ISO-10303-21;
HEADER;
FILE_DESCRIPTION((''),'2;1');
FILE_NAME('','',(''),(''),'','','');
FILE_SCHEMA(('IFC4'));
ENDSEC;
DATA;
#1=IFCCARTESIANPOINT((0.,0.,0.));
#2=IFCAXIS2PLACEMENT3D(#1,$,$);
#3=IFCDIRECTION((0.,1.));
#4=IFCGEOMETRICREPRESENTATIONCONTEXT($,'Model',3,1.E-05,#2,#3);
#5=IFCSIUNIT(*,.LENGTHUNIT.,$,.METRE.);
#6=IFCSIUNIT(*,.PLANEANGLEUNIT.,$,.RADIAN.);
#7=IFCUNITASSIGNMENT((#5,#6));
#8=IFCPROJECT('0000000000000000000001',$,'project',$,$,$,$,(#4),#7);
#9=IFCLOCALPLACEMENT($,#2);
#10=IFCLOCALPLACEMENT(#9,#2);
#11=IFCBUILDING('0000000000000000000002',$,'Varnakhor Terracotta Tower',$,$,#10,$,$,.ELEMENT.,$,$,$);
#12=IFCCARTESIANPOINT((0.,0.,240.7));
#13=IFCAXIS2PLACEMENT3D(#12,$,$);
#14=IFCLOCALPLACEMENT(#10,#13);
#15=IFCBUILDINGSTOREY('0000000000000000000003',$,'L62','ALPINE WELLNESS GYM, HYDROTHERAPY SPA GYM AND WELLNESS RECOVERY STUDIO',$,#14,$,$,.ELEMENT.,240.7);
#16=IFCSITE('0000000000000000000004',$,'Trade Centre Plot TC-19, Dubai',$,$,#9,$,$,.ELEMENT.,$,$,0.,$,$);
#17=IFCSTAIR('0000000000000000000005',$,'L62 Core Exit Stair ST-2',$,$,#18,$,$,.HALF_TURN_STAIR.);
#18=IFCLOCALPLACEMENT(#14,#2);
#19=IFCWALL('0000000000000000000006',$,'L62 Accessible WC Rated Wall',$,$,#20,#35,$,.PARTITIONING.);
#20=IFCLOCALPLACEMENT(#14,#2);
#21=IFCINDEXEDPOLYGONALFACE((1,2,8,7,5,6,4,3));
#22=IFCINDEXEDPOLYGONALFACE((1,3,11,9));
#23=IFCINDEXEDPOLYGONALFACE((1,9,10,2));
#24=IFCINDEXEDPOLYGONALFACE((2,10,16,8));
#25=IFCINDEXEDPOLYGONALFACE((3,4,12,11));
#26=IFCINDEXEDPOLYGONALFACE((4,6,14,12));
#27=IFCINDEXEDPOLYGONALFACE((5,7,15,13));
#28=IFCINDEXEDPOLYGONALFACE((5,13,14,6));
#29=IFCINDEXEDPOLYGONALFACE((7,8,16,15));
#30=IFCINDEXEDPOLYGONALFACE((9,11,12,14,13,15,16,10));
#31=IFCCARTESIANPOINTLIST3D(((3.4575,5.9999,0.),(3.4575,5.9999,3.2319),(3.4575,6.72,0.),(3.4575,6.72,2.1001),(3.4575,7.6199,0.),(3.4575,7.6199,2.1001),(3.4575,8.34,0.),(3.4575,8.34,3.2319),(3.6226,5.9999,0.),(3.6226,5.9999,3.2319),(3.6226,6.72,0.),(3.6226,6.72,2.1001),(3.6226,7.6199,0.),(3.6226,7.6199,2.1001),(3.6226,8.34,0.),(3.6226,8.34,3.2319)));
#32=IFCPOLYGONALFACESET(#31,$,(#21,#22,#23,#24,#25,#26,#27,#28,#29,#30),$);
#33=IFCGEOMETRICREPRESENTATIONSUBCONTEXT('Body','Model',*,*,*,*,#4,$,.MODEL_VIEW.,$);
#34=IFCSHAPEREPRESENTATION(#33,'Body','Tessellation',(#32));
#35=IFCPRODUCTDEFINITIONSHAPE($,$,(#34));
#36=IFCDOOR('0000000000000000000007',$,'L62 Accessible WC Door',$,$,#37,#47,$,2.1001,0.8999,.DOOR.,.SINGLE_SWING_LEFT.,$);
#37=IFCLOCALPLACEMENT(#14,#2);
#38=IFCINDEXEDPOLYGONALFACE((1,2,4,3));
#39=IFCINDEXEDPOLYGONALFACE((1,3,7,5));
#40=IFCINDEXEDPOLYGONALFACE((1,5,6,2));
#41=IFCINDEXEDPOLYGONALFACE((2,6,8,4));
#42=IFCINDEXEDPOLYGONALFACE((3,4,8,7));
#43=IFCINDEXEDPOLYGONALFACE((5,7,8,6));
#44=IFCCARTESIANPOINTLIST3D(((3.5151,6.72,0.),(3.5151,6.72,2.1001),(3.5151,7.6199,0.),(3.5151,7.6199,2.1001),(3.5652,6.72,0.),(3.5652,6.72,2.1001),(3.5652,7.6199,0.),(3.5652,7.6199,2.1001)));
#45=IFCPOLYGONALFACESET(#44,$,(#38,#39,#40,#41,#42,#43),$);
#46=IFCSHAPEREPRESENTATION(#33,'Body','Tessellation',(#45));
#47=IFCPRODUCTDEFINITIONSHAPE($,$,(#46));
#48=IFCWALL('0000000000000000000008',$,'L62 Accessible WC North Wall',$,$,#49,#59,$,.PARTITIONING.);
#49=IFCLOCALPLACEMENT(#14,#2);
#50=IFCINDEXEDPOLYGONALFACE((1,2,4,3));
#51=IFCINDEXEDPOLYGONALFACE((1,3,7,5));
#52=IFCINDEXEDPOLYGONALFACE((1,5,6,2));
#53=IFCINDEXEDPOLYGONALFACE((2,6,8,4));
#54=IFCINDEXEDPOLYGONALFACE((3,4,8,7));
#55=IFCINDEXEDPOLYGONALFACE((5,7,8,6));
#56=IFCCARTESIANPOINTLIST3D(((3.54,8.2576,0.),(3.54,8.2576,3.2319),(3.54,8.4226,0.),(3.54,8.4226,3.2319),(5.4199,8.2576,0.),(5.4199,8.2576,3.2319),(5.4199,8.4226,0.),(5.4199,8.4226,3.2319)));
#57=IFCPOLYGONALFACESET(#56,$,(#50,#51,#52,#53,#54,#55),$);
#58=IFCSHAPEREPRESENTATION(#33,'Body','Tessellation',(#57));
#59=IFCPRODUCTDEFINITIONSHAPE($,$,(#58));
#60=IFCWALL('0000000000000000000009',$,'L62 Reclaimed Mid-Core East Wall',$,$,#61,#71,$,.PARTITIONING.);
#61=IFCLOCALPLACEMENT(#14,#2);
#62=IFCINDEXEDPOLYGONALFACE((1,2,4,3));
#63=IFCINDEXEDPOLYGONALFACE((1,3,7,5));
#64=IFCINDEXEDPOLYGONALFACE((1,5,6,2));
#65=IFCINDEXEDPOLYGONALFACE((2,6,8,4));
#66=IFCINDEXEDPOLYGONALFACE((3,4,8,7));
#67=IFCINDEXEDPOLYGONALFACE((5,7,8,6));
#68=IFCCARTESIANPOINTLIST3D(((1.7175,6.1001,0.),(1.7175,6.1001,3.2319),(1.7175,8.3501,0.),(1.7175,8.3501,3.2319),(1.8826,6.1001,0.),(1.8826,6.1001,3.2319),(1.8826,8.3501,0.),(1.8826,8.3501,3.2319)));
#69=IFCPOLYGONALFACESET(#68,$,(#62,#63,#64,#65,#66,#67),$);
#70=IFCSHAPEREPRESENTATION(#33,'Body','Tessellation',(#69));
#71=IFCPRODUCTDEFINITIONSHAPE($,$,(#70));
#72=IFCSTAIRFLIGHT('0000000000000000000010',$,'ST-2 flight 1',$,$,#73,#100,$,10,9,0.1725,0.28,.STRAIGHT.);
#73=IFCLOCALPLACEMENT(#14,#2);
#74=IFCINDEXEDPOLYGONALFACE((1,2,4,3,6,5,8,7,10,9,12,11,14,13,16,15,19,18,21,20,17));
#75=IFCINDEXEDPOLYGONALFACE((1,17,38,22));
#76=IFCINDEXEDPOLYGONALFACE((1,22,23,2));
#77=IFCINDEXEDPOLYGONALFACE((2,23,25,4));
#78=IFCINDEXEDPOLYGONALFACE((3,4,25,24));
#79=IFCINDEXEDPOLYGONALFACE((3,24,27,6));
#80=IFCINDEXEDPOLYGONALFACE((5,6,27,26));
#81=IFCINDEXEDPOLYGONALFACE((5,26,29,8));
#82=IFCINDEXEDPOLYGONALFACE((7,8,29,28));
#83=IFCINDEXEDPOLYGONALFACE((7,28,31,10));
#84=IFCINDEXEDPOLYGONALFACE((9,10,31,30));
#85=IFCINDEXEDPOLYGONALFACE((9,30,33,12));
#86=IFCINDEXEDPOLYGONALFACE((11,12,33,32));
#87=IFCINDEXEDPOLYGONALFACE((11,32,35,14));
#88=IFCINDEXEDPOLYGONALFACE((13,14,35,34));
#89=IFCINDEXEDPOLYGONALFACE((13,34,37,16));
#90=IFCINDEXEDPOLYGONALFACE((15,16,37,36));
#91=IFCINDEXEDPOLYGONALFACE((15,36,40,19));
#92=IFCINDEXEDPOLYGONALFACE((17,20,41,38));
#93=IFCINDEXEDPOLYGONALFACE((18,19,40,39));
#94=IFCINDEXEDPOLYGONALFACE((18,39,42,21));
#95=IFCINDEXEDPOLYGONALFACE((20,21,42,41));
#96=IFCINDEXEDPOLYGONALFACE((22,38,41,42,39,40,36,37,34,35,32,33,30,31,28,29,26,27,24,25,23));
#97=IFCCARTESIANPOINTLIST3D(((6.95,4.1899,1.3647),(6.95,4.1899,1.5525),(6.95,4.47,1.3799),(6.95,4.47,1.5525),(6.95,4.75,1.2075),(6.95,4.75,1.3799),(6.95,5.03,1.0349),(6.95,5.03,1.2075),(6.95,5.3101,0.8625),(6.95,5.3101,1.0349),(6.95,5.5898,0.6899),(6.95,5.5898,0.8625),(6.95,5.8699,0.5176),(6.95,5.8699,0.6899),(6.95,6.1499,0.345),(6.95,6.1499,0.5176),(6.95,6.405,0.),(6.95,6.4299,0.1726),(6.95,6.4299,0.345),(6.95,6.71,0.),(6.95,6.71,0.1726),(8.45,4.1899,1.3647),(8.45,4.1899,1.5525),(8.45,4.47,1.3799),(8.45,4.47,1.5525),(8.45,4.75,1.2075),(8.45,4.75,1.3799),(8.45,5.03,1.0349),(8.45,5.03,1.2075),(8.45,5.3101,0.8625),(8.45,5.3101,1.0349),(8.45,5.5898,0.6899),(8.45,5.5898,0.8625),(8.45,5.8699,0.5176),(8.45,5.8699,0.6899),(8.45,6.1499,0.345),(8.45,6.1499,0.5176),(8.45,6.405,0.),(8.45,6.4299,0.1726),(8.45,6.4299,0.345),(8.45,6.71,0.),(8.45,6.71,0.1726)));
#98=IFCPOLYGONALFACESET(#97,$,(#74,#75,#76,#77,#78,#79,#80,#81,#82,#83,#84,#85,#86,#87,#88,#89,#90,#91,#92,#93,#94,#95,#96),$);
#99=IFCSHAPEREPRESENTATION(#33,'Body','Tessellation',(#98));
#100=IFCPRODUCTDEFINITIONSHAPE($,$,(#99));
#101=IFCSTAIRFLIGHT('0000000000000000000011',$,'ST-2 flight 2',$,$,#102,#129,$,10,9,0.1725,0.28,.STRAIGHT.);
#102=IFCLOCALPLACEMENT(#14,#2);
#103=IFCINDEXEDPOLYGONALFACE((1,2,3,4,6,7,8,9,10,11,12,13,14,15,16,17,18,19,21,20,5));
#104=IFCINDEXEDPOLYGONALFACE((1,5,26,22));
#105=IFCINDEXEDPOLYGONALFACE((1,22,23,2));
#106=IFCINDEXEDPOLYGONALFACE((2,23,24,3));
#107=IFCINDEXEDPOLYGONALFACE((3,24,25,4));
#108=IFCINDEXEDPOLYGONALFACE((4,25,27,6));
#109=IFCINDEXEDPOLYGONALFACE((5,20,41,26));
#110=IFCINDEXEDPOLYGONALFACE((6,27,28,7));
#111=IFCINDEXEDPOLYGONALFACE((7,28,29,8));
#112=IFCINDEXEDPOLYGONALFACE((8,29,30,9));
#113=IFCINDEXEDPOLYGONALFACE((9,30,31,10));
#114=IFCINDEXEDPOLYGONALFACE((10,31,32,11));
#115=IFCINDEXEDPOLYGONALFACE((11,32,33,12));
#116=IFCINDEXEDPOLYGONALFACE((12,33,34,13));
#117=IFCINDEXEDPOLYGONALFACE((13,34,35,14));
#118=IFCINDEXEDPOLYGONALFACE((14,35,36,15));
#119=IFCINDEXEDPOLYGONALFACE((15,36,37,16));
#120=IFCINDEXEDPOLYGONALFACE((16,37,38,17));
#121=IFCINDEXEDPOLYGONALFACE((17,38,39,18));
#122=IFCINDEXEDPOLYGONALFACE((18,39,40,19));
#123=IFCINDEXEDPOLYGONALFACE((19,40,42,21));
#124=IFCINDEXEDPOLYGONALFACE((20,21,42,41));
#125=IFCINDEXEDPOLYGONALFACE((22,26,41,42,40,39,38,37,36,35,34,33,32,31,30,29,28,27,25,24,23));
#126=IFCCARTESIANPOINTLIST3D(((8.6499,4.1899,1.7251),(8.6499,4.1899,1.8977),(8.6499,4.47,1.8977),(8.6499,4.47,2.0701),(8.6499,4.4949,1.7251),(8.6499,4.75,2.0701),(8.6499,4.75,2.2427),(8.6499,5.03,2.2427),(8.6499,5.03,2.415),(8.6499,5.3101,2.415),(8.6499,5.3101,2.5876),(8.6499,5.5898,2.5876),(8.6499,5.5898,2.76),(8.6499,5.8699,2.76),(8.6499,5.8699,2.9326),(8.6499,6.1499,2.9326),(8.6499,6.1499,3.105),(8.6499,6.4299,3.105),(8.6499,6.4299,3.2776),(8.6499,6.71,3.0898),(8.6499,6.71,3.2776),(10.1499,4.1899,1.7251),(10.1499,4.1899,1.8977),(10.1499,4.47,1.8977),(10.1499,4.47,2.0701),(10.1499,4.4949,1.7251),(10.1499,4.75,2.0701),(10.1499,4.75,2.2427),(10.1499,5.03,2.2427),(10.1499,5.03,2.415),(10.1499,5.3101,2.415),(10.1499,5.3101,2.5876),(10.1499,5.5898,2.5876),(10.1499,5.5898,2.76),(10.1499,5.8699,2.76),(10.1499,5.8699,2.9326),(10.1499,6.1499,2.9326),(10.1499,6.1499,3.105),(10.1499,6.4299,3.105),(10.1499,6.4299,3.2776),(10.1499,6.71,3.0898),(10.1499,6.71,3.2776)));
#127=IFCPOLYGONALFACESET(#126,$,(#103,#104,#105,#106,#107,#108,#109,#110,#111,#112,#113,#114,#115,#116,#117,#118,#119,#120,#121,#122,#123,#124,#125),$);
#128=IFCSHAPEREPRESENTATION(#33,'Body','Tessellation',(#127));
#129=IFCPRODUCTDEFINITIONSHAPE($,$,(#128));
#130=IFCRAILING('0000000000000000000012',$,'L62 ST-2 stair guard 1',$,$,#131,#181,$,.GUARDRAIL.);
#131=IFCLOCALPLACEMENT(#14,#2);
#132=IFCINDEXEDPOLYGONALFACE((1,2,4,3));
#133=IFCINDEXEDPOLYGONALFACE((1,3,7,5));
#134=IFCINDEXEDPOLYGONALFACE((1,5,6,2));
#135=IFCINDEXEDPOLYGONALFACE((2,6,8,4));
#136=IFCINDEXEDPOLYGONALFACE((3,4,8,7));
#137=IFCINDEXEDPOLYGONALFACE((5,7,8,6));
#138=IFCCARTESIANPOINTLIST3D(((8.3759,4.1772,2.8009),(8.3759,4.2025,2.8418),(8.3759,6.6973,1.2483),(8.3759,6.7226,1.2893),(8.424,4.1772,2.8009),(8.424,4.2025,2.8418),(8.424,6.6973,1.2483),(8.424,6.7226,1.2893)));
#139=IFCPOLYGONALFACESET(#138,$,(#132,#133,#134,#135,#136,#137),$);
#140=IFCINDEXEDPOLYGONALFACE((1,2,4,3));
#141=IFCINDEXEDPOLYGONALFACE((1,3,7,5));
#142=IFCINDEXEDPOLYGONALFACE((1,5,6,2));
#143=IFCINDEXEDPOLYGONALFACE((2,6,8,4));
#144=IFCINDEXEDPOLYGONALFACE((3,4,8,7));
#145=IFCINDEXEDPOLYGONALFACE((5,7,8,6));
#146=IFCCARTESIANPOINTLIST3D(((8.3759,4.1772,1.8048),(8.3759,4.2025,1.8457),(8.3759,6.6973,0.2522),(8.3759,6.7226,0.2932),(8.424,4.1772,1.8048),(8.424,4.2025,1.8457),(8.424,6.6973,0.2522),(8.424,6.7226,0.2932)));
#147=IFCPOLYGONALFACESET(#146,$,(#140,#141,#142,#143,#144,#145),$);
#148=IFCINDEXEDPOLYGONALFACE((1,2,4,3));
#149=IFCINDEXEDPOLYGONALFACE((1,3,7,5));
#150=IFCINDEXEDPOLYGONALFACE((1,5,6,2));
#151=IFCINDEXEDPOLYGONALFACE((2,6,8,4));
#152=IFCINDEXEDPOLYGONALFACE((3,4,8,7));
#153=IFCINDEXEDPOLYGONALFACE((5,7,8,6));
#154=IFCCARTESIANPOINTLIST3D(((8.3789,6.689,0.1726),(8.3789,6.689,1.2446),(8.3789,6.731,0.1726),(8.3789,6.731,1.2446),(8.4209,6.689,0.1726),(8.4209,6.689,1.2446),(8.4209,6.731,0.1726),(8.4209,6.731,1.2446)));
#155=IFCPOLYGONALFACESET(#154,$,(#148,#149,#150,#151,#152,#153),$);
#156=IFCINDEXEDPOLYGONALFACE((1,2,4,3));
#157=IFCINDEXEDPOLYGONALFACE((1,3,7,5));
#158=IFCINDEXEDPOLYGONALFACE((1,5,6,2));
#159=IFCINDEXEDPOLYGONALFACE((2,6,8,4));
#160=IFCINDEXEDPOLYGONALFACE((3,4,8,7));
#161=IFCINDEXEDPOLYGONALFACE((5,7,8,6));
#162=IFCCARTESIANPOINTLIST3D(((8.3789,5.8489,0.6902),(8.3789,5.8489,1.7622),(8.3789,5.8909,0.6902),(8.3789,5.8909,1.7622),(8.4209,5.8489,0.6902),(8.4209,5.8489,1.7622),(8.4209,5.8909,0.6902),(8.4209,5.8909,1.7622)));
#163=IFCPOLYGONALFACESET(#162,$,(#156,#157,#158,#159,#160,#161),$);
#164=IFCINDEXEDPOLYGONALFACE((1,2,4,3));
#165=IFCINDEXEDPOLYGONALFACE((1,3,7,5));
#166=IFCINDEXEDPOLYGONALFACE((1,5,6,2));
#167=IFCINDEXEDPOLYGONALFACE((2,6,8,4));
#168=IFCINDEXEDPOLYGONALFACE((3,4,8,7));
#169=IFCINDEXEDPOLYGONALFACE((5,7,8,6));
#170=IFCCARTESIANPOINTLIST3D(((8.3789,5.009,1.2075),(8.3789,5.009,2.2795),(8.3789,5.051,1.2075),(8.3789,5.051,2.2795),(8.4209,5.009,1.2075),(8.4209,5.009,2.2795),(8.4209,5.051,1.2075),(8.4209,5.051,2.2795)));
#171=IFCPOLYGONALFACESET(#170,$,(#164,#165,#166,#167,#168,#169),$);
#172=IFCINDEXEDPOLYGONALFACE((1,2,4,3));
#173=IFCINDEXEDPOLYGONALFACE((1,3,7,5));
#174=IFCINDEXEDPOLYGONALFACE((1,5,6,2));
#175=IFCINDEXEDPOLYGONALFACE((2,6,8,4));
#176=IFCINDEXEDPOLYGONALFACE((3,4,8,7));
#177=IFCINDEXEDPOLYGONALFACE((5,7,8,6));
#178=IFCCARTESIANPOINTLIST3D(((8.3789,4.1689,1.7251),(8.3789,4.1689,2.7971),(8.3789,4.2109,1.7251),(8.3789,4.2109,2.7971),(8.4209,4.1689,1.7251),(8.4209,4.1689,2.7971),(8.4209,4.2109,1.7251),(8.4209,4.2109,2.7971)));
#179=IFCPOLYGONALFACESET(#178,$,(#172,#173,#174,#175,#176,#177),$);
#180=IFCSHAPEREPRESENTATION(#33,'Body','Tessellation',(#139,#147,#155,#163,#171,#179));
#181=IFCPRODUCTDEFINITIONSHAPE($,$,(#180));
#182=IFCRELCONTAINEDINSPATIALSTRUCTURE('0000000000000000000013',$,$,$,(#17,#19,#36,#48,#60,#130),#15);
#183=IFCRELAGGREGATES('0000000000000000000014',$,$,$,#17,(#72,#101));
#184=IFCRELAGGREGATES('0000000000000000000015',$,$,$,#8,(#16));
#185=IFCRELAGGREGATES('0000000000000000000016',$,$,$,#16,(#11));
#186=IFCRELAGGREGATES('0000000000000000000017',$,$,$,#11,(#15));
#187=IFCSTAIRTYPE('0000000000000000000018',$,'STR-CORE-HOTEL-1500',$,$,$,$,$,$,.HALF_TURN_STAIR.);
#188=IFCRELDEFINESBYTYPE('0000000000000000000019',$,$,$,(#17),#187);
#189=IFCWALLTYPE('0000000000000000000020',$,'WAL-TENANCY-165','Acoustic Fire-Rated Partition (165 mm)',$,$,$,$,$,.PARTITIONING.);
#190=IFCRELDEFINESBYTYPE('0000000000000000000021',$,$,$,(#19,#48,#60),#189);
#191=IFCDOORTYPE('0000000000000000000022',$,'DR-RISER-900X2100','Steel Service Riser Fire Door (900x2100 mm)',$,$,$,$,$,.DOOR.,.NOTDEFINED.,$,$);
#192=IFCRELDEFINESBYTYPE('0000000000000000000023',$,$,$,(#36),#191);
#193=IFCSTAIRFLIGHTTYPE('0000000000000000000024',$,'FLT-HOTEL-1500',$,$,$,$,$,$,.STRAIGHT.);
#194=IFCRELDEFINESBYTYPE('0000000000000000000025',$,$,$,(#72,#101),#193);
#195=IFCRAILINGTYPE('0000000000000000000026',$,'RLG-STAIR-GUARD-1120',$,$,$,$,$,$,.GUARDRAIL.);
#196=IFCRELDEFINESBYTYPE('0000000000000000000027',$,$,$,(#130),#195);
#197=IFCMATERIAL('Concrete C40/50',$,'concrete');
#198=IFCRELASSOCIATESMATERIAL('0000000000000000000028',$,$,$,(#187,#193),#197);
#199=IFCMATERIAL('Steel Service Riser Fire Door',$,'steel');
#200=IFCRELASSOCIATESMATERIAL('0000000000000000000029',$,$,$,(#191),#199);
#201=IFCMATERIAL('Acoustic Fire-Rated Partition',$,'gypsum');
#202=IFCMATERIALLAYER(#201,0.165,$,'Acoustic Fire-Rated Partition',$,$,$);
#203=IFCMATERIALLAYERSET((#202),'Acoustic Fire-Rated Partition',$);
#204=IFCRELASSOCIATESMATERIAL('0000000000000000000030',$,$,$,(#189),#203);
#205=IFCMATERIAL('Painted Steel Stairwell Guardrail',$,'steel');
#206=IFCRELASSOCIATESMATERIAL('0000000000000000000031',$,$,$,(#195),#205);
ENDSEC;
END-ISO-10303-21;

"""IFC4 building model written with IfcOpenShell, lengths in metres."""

from ifc_helpers import new_model, si_unit, direction, frame, frame_2d, origin, origin_2d, place, context, subcontext, project, spatial, polyline, rectangle, outline, extrude, source, transform, mapped, material, layer, layer_set, type_object, type_shapes, element, fill, aggregate, save


model = new_model("IFC4")

# Units and contexts
model_context = context("Model", 3, precision=1e-05, world=origin(), true_north=direction((0.0, 1.0)))
body_context = subcontext(model_context, "Body", "Model", "MODEL_VIEW")
ifc_project = project(units=[si_unit("LENGTHUNIT", "METRE"), si_unit("PLANEANGLEUNIT", "RADIAN")], contexts=[model_context])

# Site, building, storey
site_placement = place(None, origin())
site = spatial("IfcSite", under=ifc_project, at=site_placement, Name="Trade Centre Plot TC-19, Dubai", CompositionType="ELEMENT", RefElevation=0.0)
building_placement = place(site_placement, origin())
building = spatial("IfcBuilding", under=site, at=building_placement, Name="Varnakhor Terracotta Tower", CompositionType="ELEMENT")
storey_placement = place(building_placement, frame((0.0, 0.0, 240.7)))
storey = spatial("IfcBuildingStorey", under=building, at=storey_placement, Name="L62", Description="ALPINE WELLNESS GYM, HYDROTHERAPY SPA GYM AND WELLNESS RECOVERY STUDIO", CompositionType="ELEMENT", Elevation=240.7)

# Shared definitions
ifc_material_1 = material(Name="Concrete C40/50", Category="concrete")

# Stair
stair_type = type_object("IfcStairType", Name="STR-CORE-HOTEL-1500", PredefinedType="HALF_TURN_STAIR", material=ifc_material_1)
stair_1_placement = place(storey_placement, origin())
stair_1 = element("IfcStair", 1, at=stair_1_placement, inside=storey, type_object=stair_type, Name="L62 Core Exit Stair ST-2", PredefinedType="HALF_TURN_STAIR")

# Shared definitions
ifc_material_2 = material(Name="Acoustic Fire-Rated Partition", Category="gypsum")

# Wall, opening, door
ifc_material_3 = material(Name="Steel Service Riser Fire Door", Category="steel")
door_type_1 = type_object("IfcDoorType", Name="DR-RISER-900X2100", Description="Steel Service Riser Fire Door (900x2100 mm)", OperationType="NOTDEFINED", PredefinedType="DOOR", material=ifc_material_3)
shared_shape_1 = source(origin(), body_context, "Body", "SweptSolid", [
    extrude(rectangle(XDim=0.8999, YDim=2.1001, at=frame_2d((0.45, 1.05))), frame((0.0, 0.0249, 0.0), z_axis=(0.0, -1.0, 0.0), x_axis=(1.0, 0.0, 0.0)), (0.0, 0.0, 1.0), 0.05),
])
type_shapes(door_type_1, [shared_shape_1])
ifc_layer_1 = layer(ifc_material_2, 0.165, Name="Acoustic Fire-Rated Partition")
ifc_layer_set_1 = layer_set([ifc_layer_1], Name="Acoustic Fire-Rated Partition")
wall_type_1 = type_object("IfcWallType", Name="WAL-TENANCY-165", Description="Acoustic Fire-Rated Partition (165 mm)", PredefinedType="PARTITIONING", material=ifc_layer_set_1)
wall_1_placement = place(storey_placement, frame((3.54, 6.0, 0.0), z_axis=(0.0, 0.0, 1.0), x_axis=(0.0, 1.0, 0.0)))
wall_1 = element("IfcWall", 2, at=wall_1_placement, inside=storey, type_object=wall_type_1, Name="L62 Accessible WC Rated Wall", PredefinedType="PARTITIONING", context=body_context, shape_type="SweptSolid", body=[
    extrude(rectangle(XDim=2.3401, YDim=0.165, at=frame_2d((1.1699, 0.0))), origin(), (0.0, 0.0, 1.0), 3.2319),
])
opening_1_placement = place(wall_1_placement, frame((0.72, 0.0, 0.0)))
opening_1 = element("IfcOpeningElement", 3, at=opening_1_placement, cuts=wall_1, PredefinedType="OPENING", context=body_context, shape_type="SweptSolid", body=[
    extrude(rectangle(XDim=0.8999, YDim=2.1001, at=frame_2d((0.45, 1.05))), frame((0.0, 0.0925, 0.0), z_axis=(0.0, -1.0, 0.0), x_axis=(1.0, 0.0, 0.0)), (0.0, 0.0, 1.0), 0.1851),
])
door_1_placement = place(opening_1_placement, origin())
door_1 = element("IfcDoor", 4, at=door_1_placement, inside=storey, type_object=door_type_1, Name="L62 Accessible WC Door", OperationType="SINGLE_SWING_LEFT", OverallHeight=2.1001, OverallWidth=0.8999, PredefinedType="DOOR", context=body_context, shape_type="MappedRepresentation", body=[
    mapped(shared_shape_1, transform((0.0, 0.0, 0.0), scale=1.0)),
])
fill(opening_1, door_1)

# Walls
wall_2_placement = place(storey_placement, frame((3.54, 8.3401, 0.0), z_axis=(0.0, 0.0, 1.0), x_axis=(1.0, 0.0, 0.0)))
element("IfcWall", 5, at=wall_2_placement, inside=storey, type_object=wall_type_1, Name="L62 Accessible WC North Wall", PredefinedType="PARTITIONING", context=body_context, shape_type="SweptSolid", body=[
    extrude(rectangle(XDim=1.8799, YDim=0.165, at=frame_2d((0.9399, 0.0))), origin(), (0.0, 0.0, 1.0), 3.2319),
])
wall_3_placement = place(storey_placement, frame((1.8, 6.1001, 0.0), z_axis=(0.0, 0.0, 1.0), x_axis=(0.0, 1.0, 0.0)))
element("IfcWall", 6, at=wall_3_placement, inside=storey, type_object=wall_type_1, Name="L62 Reclaimed Mid-Core East Wall", PredefinedType="PARTITIONING", context=body_context, shape_type="SweptSolid", body=[
    extrude(rectangle(XDim=2.25, YDim=0.165, at=frame_2d((1.125, 0.0))), origin(), (0.0, 0.0, 1.0), 3.2319),
])

# Stair flights
stair_flight_type = type_object("IfcStairFlightType", Name="FLT-HOTEL-1500", PredefinedType="STRAIGHT", material=ifc_material_1)
stair_flight_1_placement = place(storey_placement, frame((7.7, 6.71, 0.0), z_axis=(0.0, 0.0, 1.0), x_axis=(0.0, -1.0, 0.0)))
stair_flight_1 = element("IfcStairFlight", 7, at=stair_flight_1_placement, type_object=stair_flight_type, Name="ST-2 flight 1", NumberOfRisers=10, NumberOfTreads=9, PredefinedType="STRAIGHT", RiserHeight=0.1725, TreadLength=0.28, context=body_context, shape_type="SweptSolid", body=[
    extrude(outline(polyline([(0.0, 0.0), (0.0, 0.1726), (0.28, 0.1726), (0.28, 0.345), (0.5601, 0.345), (0.5601, 0.5176), (0.8401, 0.5176), (0.8401, 0.6899), (1.1201, 0.6899), (1.1201, 0.8625), (1.3999, 0.8625), (1.3999, 1.0349), (1.6799, 1.0349), (1.6799, 1.2075), (1.96, 1.2075), (1.96, 1.3799), (2.24, 1.3799), (2.24, 1.5525), (2.52, 1.5525), (2.52, 1.7251), (2.52, 1.3647), (0.3049, 0.0), (0.0, 0.0)])), frame((0.0, 0.75, 0.0), z_axis=(0.0, -1.0, 0.0), x_axis=(1.0, 0.0, 0.0)), (0.0, 0.0, 1.0), 1.5),
])
stair_flight_2_placement = place(storey_placement, frame((9.3999, 4.1899, 1.7251), z_axis=(0.0, 0.0, 1.0), x_axis=(0.0, 1.0, 0.0)))
stair_flight_2 = element("IfcStairFlight", 8, at=stair_flight_2_placement, type_object=stair_flight_type, Name="ST-2 flight 2", NumberOfRisers=10, NumberOfTreads=9, PredefinedType="STRAIGHT", RiserHeight=0.1725, TreadLength=0.28, context=body_context, shape_type="SweptSolid", body=[
    extrude(outline(polyline([(0.0, 0.0), (0.0, 0.1726), (0.28, 0.1726), (0.28, 0.345), (0.5601, 0.345), (0.5601, 0.5176), (0.8401, 0.5176), (0.8401, 0.6899), (1.1201, 0.6899), (1.1201, 0.8625), (1.3999, 0.8625), (1.3999, 1.0349), (1.6799, 1.0349), (1.6799, 1.2075), (1.96, 1.2075), (1.96, 1.3799), (2.24, 1.3799), (2.24, 1.5525), (2.52, 1.5525), (2.52, 1.7251), (2.52, 1.3647), (0.3049, 0.0), (0.0, 0.0)])), frame((0.0, 0.75, 0.0), z_axis=(0.0, -1.0, 0.0), x_axis=(1.0, 0.0, 0.0)), (0.0, 0.0, 1.0), 1.5),
])
aggregate(stair_1, [stair_flight_1, stair_flight_2])

# Railing
ifc_material_4 = material(Name="Painted Steel Stairwell Guardrail", Category="steel")
railing_type_1 = type_object("IfcRailingType", Name="RLG-STAIR-GUARD-1120", PredefinedType="GUARDRAIL", material=ifc_material_4)
railing_1_placement = place(storey_placement, frame((8.3999, 6.71, 0.1726)))
element("IfcRailing", 9, at=railing_1_placement, inside=storey, type_object=railing_type_1, Name="L62 ST-2 stair guard 1", PredefinedType="GUARDRAIL", context=body_context, shape_type="SweptSolid", body=[
    extrude(rectangle(XDim=0.0481, YDim=0.0481, at=origin_2d()), frame((0.0, 0.0, 1.0962), z_axis=(0.0, -0.8514, 0.524516), x_axis=(1.0, 0.0, 0.0)), (0.0, 0.0, 1.0), 2.96),
    extrude(rectangle(XDim=0.0481, YDim=0.0481, at=origin_2d()), frame((0.0, 0.0, 0.1001), z_axis=(0.0, -0.8514, 0.524516), x_axis=(1.0, 0.0, 0.0)), (0.0, 0.0, 1.0), 2.96),
    extrude(rectangle(XDim=0.042, YDim=0.042, at=origin_2d()), origin(), (0.0, 0.0, 1.0), 1.072),
    extrude(rectangle(XDim=0.042, YDim=0.042, at=origin_2d()), frame((0.0, -0.8401, 0.5176)), (0.0, 0.0, 1.0), 1.072),
    extrude(rectangle(XDim=0.042, YDim=0.042, at=origin_2d()), frame((0.0, -1.6799, 1.0349)), (0.0, 0.0, 1.0), 1.072),
    extrude(rectangle(XDim=0.042, YDim=0.042, at=origin_2d()), frame((0.0, -2.52, 1.5525)), (0.0, 0.0, 1.0), 1.072),
])

save(model, "model.ifc")
